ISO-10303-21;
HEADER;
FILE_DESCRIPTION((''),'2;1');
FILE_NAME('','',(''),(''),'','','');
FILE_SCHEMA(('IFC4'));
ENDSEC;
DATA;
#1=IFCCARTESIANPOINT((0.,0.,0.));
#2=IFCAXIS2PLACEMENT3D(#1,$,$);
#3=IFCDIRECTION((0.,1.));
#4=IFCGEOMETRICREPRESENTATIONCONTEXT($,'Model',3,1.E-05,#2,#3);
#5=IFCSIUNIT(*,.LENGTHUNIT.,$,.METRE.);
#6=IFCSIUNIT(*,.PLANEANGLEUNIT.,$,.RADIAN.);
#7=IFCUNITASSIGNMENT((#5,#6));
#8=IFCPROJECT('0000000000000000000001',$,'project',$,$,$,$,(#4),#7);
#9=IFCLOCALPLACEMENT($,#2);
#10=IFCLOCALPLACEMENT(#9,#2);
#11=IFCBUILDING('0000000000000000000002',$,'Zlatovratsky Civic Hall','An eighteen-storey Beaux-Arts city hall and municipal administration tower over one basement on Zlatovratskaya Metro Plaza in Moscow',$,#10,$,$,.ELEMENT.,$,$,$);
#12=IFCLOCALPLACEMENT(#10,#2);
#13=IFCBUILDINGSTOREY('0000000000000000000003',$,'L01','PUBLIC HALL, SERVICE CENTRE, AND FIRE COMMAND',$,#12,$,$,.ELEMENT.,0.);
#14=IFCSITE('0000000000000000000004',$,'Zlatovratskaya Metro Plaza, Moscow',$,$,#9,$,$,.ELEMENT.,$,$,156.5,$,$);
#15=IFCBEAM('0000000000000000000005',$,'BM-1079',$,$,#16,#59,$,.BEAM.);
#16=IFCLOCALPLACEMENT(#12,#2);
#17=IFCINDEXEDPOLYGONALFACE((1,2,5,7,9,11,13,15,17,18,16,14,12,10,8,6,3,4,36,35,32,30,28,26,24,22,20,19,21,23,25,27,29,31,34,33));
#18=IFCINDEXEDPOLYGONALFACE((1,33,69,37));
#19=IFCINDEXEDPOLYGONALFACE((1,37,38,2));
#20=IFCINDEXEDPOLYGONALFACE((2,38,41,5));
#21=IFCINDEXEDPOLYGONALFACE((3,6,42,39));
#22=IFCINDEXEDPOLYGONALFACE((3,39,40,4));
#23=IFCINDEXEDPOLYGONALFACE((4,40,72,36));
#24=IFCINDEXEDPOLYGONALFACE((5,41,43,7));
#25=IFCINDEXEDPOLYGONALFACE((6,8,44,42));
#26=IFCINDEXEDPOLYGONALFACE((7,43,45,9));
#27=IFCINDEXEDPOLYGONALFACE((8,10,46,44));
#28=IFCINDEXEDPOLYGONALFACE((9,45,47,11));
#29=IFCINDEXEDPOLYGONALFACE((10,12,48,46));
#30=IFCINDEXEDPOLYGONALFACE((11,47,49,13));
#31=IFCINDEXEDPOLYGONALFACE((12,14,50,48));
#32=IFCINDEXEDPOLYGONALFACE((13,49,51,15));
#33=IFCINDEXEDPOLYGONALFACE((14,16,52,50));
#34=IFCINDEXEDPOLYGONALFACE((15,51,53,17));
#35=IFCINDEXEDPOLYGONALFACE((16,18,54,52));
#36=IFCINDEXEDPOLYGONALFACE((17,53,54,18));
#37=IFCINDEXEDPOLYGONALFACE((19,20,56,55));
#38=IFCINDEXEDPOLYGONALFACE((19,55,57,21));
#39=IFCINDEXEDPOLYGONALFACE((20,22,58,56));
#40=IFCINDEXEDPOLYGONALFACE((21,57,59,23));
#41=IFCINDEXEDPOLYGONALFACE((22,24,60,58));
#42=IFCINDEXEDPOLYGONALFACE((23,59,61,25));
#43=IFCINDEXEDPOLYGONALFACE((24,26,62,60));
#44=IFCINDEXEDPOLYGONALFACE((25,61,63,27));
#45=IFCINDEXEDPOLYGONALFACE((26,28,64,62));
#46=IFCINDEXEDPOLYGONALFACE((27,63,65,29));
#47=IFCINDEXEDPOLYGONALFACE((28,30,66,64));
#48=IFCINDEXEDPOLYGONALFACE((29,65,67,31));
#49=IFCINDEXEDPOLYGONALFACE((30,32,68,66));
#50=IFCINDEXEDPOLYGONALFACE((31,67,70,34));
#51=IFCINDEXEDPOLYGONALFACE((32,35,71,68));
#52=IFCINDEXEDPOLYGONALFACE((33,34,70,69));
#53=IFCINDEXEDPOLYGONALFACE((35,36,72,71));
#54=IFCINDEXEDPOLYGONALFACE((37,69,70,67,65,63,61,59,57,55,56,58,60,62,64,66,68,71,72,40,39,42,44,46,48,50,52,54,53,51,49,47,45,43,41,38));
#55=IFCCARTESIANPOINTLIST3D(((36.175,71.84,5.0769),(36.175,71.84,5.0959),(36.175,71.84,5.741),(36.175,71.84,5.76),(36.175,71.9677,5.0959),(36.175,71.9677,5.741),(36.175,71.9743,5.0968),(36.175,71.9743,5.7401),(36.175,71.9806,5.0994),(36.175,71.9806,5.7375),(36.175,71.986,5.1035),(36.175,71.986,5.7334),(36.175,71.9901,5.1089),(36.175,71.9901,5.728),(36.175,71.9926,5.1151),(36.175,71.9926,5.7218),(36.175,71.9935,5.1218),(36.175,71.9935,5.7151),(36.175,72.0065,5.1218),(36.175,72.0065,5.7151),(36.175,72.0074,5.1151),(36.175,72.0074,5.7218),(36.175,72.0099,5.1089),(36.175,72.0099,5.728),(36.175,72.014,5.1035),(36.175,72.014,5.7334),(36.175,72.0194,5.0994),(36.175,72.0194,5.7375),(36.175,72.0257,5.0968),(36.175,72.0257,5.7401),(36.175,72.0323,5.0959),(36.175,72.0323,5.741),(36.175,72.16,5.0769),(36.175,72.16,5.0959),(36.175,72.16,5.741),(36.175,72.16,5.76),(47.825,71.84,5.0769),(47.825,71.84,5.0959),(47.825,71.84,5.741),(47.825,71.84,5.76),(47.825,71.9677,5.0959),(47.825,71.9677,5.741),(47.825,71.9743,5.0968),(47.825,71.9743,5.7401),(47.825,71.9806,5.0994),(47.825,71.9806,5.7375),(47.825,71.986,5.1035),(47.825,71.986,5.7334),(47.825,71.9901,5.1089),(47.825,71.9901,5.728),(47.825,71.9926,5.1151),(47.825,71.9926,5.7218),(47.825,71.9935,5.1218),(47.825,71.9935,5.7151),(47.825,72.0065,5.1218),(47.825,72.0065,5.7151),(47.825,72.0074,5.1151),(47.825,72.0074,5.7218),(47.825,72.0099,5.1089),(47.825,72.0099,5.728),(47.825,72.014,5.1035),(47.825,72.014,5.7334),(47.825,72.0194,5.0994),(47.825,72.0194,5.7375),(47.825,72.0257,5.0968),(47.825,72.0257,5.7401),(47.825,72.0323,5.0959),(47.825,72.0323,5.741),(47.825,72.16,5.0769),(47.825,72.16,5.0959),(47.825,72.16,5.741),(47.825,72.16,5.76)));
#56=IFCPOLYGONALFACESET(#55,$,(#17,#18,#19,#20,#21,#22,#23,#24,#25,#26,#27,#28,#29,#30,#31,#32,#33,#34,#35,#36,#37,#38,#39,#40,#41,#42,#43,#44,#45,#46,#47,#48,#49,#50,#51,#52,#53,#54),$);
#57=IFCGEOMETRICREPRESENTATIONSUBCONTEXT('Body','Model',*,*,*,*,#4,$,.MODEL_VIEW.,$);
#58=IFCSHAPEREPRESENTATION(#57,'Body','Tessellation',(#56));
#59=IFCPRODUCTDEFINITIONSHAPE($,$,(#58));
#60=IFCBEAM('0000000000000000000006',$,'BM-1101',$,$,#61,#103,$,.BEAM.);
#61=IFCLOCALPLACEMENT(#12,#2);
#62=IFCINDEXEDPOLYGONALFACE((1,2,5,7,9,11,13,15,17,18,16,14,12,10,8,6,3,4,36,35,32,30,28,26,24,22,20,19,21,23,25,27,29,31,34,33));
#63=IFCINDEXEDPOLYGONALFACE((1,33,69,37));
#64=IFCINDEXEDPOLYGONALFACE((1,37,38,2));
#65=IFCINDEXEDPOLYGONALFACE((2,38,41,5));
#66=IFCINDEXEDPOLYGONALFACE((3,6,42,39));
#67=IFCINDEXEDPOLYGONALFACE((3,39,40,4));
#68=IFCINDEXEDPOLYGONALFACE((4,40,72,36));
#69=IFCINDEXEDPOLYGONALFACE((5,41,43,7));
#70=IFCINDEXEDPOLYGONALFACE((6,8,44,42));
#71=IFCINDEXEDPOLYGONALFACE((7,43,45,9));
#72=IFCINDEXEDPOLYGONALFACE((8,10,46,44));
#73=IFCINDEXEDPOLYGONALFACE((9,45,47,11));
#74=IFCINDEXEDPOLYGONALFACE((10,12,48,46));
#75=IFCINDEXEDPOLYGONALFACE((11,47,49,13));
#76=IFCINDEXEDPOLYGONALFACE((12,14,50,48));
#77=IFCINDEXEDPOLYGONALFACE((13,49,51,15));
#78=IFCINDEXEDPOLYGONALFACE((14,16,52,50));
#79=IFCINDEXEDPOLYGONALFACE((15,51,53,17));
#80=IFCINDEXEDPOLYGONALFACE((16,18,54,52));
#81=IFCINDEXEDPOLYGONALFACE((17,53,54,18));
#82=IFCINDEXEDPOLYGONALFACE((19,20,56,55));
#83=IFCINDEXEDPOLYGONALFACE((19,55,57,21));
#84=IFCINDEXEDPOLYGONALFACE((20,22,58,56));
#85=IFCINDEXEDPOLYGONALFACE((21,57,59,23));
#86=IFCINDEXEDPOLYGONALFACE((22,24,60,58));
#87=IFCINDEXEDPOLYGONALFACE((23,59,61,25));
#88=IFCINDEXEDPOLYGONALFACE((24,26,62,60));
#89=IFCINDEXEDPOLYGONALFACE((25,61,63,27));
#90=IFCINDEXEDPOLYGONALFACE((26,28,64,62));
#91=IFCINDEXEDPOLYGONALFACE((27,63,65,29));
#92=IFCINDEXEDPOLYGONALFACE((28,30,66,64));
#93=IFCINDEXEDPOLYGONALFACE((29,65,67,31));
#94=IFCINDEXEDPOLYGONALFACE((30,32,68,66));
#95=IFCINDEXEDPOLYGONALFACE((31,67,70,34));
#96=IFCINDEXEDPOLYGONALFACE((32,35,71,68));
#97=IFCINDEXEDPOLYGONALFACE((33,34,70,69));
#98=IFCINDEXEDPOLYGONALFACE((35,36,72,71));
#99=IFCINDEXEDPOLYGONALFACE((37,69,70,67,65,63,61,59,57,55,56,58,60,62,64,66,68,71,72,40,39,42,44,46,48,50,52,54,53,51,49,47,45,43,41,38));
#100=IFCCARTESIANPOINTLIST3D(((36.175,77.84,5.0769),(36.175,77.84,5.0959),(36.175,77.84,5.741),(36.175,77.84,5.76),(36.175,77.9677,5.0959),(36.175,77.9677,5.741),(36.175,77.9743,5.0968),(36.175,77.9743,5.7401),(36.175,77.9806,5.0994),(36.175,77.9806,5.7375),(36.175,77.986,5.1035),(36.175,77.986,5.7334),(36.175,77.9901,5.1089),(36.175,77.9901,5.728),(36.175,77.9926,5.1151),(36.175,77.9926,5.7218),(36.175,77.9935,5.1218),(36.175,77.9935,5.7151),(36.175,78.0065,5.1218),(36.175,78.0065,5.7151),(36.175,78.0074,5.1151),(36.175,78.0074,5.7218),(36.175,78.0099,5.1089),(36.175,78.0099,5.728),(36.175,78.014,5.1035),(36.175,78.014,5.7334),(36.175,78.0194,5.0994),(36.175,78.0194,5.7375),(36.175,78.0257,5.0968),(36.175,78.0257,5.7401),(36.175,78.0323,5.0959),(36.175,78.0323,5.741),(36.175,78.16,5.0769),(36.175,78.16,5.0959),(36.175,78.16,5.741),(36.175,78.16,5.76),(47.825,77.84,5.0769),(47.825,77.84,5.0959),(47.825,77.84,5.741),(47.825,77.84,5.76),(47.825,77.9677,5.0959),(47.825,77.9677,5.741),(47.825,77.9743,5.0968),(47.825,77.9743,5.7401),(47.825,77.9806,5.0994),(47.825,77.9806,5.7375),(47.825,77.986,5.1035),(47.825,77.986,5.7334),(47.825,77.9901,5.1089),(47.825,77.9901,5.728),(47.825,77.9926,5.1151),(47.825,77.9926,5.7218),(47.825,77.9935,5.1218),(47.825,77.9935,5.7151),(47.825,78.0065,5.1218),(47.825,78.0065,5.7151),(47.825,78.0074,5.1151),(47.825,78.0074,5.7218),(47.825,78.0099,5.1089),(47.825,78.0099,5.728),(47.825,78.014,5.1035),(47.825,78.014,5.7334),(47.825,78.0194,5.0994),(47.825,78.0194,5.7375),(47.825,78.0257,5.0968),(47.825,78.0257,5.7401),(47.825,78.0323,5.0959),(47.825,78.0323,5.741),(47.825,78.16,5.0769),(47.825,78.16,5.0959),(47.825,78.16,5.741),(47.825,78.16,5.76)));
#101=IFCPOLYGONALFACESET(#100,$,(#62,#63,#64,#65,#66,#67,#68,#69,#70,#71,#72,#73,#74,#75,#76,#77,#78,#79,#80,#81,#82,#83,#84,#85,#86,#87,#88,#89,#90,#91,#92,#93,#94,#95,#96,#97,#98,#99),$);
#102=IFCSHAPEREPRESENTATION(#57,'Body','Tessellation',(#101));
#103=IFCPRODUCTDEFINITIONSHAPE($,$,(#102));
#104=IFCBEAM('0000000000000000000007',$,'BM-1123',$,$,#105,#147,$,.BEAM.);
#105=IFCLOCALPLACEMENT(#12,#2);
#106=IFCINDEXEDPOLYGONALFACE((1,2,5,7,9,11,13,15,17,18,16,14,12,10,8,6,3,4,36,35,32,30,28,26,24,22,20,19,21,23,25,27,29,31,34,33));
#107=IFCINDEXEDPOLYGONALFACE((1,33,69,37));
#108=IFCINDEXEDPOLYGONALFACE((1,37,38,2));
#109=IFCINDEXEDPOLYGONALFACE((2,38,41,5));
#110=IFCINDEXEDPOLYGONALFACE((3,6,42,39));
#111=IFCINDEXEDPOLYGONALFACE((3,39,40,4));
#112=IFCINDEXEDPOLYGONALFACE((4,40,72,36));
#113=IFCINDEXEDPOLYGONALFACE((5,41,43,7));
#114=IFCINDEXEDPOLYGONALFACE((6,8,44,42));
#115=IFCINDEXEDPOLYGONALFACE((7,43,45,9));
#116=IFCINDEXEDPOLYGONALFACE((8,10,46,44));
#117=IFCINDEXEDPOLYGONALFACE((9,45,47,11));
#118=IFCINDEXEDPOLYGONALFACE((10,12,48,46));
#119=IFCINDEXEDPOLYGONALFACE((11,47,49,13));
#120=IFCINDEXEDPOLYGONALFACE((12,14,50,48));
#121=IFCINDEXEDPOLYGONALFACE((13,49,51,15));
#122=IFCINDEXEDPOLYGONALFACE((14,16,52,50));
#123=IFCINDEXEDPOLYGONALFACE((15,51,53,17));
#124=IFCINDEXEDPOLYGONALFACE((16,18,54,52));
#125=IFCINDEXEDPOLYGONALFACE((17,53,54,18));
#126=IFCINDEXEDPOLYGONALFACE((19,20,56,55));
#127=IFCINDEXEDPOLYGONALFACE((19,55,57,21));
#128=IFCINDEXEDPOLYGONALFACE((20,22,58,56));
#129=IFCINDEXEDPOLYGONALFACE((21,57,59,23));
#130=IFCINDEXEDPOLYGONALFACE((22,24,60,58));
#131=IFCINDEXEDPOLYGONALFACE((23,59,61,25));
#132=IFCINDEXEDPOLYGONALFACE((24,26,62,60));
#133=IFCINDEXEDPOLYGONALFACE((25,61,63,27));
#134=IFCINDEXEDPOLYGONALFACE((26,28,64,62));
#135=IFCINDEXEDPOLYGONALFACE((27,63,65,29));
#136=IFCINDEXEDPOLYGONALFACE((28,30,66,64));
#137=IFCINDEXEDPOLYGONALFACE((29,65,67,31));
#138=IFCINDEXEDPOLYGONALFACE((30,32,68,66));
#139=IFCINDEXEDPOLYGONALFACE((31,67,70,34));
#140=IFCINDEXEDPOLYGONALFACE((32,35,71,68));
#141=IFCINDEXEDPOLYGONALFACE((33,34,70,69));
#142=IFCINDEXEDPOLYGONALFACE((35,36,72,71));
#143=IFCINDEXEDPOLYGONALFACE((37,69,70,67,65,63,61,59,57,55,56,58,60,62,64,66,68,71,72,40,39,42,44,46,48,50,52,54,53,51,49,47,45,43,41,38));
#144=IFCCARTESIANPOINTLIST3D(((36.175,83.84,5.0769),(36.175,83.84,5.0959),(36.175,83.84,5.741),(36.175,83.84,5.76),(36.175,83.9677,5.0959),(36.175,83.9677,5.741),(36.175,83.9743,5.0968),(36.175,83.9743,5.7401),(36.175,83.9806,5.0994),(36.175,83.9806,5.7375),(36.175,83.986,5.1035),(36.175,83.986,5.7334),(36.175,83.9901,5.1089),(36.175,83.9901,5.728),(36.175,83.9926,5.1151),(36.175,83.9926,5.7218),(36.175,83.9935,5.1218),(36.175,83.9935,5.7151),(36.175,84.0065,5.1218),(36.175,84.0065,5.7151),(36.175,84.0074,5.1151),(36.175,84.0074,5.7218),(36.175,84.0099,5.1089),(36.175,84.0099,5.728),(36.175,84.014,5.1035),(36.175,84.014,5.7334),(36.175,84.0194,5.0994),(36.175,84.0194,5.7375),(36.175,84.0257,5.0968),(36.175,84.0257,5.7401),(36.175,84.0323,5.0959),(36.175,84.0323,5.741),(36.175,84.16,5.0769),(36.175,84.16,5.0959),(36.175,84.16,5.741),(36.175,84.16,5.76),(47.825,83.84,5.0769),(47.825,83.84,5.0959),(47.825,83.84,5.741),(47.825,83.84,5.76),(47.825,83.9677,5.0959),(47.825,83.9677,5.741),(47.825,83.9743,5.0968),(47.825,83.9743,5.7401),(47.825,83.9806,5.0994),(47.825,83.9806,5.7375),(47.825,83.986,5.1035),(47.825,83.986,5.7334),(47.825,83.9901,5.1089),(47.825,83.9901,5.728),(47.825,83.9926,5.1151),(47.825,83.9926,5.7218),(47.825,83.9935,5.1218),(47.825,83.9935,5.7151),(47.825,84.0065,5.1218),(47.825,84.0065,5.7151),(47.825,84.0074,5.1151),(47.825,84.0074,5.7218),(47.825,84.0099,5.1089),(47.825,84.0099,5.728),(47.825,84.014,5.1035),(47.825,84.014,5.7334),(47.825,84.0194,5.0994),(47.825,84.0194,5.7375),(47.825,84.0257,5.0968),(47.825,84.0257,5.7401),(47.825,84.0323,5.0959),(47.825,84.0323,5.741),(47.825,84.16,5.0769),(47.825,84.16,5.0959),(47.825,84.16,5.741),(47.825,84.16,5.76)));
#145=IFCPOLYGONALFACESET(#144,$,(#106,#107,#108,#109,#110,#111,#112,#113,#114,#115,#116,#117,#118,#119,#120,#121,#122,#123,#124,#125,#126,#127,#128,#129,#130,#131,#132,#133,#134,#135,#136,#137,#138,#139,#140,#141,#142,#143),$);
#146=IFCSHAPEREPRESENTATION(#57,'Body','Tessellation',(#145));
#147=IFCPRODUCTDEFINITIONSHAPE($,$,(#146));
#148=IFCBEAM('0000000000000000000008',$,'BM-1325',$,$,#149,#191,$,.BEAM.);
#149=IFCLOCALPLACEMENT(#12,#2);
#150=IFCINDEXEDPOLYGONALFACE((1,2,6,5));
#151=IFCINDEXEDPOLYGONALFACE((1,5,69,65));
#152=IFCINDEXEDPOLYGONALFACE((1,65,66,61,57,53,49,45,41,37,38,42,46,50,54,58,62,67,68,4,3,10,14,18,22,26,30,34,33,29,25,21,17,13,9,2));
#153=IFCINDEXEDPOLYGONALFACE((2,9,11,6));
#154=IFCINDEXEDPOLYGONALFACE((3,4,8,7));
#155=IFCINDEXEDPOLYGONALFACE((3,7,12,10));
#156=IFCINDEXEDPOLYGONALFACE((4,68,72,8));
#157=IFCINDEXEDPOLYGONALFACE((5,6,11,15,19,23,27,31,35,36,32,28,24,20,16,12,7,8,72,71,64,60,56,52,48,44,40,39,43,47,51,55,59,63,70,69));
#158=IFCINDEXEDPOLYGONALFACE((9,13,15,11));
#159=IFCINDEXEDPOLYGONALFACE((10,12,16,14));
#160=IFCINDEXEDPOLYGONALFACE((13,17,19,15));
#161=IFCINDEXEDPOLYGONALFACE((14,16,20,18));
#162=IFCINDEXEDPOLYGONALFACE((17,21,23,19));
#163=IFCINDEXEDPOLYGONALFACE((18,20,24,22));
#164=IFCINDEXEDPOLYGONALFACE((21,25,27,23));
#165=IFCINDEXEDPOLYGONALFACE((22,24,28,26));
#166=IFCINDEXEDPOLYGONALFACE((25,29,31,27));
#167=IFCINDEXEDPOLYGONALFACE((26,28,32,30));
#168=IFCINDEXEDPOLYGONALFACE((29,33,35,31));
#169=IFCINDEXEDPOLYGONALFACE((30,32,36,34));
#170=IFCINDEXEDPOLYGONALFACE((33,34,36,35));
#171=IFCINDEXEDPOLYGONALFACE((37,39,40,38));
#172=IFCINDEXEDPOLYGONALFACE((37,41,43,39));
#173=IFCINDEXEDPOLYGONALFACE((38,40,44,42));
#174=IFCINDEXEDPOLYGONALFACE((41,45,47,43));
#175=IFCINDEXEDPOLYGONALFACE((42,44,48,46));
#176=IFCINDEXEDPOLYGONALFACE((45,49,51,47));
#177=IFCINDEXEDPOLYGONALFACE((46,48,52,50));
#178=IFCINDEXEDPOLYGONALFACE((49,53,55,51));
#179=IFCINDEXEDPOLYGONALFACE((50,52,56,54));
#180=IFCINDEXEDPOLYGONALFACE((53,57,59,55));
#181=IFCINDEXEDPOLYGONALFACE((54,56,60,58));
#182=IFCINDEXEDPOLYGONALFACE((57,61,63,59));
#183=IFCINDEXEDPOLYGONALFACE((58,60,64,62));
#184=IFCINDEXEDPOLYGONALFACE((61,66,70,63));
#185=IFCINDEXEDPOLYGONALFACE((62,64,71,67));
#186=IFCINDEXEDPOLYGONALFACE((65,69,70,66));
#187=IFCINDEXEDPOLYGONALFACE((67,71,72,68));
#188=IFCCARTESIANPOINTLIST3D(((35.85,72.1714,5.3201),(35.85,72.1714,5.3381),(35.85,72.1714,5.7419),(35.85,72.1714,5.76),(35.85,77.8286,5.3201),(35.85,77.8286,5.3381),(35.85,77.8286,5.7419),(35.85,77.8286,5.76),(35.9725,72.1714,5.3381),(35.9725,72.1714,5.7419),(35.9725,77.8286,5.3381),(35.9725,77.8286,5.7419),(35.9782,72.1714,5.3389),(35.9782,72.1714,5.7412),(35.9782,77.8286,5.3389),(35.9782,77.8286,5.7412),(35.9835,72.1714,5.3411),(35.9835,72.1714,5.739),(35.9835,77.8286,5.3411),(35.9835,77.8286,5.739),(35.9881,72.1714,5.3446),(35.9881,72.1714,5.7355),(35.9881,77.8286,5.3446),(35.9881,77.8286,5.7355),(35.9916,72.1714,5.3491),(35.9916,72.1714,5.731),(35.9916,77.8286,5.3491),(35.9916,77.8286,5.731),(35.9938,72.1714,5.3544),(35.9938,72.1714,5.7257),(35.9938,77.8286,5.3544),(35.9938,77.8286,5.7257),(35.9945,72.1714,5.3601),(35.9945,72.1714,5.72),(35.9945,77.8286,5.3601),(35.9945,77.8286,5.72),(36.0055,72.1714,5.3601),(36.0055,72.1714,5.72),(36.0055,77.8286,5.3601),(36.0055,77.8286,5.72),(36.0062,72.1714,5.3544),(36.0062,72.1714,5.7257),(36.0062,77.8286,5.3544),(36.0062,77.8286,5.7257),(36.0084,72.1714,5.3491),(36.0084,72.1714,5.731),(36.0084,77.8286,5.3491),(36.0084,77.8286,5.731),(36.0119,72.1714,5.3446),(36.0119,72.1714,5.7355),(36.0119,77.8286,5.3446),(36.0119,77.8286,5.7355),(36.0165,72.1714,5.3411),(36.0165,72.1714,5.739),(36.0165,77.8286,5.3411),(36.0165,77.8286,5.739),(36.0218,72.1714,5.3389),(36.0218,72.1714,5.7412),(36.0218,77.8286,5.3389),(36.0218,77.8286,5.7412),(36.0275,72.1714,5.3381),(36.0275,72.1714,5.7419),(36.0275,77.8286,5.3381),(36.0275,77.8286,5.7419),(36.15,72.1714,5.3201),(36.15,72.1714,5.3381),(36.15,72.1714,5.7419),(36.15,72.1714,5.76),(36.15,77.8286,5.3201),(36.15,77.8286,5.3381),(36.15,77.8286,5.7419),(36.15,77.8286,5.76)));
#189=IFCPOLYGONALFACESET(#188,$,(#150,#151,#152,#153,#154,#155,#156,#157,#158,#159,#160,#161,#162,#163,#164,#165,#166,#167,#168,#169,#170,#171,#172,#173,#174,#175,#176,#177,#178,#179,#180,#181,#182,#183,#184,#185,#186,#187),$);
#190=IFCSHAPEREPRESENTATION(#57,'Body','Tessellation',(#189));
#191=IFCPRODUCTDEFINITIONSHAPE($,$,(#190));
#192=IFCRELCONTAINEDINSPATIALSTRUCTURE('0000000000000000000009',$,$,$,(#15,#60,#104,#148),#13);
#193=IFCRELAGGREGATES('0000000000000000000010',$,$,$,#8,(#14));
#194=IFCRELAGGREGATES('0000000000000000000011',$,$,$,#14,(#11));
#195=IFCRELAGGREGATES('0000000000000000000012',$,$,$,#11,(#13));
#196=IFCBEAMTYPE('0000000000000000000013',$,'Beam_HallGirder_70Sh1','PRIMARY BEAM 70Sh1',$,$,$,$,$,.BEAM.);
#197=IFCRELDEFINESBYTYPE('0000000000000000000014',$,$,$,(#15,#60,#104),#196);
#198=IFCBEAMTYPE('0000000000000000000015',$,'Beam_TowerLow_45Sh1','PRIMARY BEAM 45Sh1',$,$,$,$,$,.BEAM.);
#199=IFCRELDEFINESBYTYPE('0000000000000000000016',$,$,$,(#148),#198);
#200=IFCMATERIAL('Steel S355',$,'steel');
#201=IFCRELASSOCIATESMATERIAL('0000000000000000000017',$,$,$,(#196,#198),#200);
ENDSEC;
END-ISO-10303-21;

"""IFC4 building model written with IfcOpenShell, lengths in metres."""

from ifc_helpers import new_model, si_unit, direction, frame, origin, origin_2d, place, context, subcontext, project, spatial, i_section, extrude, material, material_profile, profile_set, type_object, element, save


model = new_model("IFC4")

# Units and contexts
model_context = context("Model", 3, precision=1e-05, world=origin(), true_north=direction((0.0, 1.0)))
body_context = subcontext(model_context, "Body", "Model", "MODEL_VIEW")
ifc_project = project(units=[si_unit("LENGTHUNIT", "METRE"), si_unit("PLANEANGLEUNIT", "RADIAN")], contexts=[model_context])

# Site, building, storey
site_placement = place(None, origin())
site = spatial("IfcSite", under=ifc_project, at=site_placement, Name="Zlatovratskaya Metro Plaza, Moscow", CompositionType="ELEMENT", RefElevation=156.5)
building_placement = place(site_placement, origin())
building = spatial("IfcBuilding", under=site, at=building_placement, Name="Zlatovratsky Civic Hall", Description="An eighteen-storey Beaux-Arts city hall and municipal administration tower over one basement on Zlatovratskaya Metro Plaza in Moscow", CompositionType="ELEMENT")
storey_placement = place(building_placement, origin())
storey = spatial("IfcBuildingStorey", under=building, at=storey_placement, Name="L01", Description="PUBLIC HALL, SERVICE CENTRE, AND FIRE COMMAND", CompositionType="ELEMENT", Elevation=0.0)

# Shared definitions
ifc_material_1 = material(Name="Steel S355", Category="steel")

# Beams
ifc_material_profile_1 = material_profile(ifc_material_1, i_section(OverallWidth=0.3201, OverallDepth=0.6831, WebThickness=0.0129, FlangeThickness=0.019, FilletRadius=0.0259, at=origin_2d()), Name="70Sh1")
ifc_profile_set_1 = profile_set([ifc_material_profile_1], Name="Steel S355")
beam_type_1 = type_object("IfcBeamType", Name="Beam_HallGirder_70Sh1", Description="PRIMARY BEAM 70Sh1", PredefinedType="BEAM", material=ifc_profile_set_1)
for number, where, z_axis, x_axis, name in (
    (1, (36.175, 72.0, 5.4185), (1.0, 0.0, 0.0), (0.0, 1.0, 0.0), "BM-1079"),
    (2, (36.175, 78.0, 5.4185), (1.0, 0.0, 0.0), (0.0, 1.0, 0.0), "BM-1101"),
    (3, (36.175, 84.0, 5.4185), (1.0, 0.0, 0.0), (0.0, 1.0, 0.0), "BM-1123"),
):
    element("IfcBeam", number, at=place(storey_placement, frame(where, z_axis=z_axis, x_axis=x_axis)), inside=storey, type_object=beam_type_1, Name=name, PredefinedType="BEAM", context=body_context, shape_type="SweptSolid", body=[
        extrude(i_section(OverallWidth=0.3201, OverallDepth=0.6831, WebThickness=0.0129, FlangeThickness=0.019, FilletRadius=0.0259, at=origin_2d()), origin(), (0.0, 0.0, 1.0), 11.6499),
    ])
ifc_material_profile_2 = material_profile(ifc_material_1, i_section(OverallWidth=0.3, OverallDepth=0.4399, WebThickness=0.011, FlangeThickness=0.0181, FilletRadius=0.022, at=origin_2d()), Name="45Sh1")
ifc_profile_set_2 = profile_set([ifc_material_profile_2], Name="Steel S355")
beam_type_2 = type_object("IfcBeamType", Name="Beam_TowerLow_45Sh1", Description="PRIMARY BEAM 45Sh1", PredefinedType="BEAM", material=ifc_profile_set_2)
for number, where, z_axis, x_axis, name in (
    (4, (36.0, 72.1714, 5.54), (0.0, 1.0, 0.0), (-1.0, 0.0, 0.0), "BM-1325"),
):
    element("IfcBeam", number, at=place(storey_placement, frame(where, z_axis=z_axis, x_axis=x_axis)), inside=storey, type_object=beam_type_2, Name=name, PredefinedType="BEAM", context=body_context, shape_type="SweptSolid", body=[
        extrude(i_section(OverallWidth=0.3, OverallDepth=0.4399, WebThickness=0.011, FlangeThickness=0.0181, FilletRadius=0.022, at=origin_2d()), origin(), (0.0, 0.0, 1.0), 5.6572),
    ])

save(model, "model.ifc")
